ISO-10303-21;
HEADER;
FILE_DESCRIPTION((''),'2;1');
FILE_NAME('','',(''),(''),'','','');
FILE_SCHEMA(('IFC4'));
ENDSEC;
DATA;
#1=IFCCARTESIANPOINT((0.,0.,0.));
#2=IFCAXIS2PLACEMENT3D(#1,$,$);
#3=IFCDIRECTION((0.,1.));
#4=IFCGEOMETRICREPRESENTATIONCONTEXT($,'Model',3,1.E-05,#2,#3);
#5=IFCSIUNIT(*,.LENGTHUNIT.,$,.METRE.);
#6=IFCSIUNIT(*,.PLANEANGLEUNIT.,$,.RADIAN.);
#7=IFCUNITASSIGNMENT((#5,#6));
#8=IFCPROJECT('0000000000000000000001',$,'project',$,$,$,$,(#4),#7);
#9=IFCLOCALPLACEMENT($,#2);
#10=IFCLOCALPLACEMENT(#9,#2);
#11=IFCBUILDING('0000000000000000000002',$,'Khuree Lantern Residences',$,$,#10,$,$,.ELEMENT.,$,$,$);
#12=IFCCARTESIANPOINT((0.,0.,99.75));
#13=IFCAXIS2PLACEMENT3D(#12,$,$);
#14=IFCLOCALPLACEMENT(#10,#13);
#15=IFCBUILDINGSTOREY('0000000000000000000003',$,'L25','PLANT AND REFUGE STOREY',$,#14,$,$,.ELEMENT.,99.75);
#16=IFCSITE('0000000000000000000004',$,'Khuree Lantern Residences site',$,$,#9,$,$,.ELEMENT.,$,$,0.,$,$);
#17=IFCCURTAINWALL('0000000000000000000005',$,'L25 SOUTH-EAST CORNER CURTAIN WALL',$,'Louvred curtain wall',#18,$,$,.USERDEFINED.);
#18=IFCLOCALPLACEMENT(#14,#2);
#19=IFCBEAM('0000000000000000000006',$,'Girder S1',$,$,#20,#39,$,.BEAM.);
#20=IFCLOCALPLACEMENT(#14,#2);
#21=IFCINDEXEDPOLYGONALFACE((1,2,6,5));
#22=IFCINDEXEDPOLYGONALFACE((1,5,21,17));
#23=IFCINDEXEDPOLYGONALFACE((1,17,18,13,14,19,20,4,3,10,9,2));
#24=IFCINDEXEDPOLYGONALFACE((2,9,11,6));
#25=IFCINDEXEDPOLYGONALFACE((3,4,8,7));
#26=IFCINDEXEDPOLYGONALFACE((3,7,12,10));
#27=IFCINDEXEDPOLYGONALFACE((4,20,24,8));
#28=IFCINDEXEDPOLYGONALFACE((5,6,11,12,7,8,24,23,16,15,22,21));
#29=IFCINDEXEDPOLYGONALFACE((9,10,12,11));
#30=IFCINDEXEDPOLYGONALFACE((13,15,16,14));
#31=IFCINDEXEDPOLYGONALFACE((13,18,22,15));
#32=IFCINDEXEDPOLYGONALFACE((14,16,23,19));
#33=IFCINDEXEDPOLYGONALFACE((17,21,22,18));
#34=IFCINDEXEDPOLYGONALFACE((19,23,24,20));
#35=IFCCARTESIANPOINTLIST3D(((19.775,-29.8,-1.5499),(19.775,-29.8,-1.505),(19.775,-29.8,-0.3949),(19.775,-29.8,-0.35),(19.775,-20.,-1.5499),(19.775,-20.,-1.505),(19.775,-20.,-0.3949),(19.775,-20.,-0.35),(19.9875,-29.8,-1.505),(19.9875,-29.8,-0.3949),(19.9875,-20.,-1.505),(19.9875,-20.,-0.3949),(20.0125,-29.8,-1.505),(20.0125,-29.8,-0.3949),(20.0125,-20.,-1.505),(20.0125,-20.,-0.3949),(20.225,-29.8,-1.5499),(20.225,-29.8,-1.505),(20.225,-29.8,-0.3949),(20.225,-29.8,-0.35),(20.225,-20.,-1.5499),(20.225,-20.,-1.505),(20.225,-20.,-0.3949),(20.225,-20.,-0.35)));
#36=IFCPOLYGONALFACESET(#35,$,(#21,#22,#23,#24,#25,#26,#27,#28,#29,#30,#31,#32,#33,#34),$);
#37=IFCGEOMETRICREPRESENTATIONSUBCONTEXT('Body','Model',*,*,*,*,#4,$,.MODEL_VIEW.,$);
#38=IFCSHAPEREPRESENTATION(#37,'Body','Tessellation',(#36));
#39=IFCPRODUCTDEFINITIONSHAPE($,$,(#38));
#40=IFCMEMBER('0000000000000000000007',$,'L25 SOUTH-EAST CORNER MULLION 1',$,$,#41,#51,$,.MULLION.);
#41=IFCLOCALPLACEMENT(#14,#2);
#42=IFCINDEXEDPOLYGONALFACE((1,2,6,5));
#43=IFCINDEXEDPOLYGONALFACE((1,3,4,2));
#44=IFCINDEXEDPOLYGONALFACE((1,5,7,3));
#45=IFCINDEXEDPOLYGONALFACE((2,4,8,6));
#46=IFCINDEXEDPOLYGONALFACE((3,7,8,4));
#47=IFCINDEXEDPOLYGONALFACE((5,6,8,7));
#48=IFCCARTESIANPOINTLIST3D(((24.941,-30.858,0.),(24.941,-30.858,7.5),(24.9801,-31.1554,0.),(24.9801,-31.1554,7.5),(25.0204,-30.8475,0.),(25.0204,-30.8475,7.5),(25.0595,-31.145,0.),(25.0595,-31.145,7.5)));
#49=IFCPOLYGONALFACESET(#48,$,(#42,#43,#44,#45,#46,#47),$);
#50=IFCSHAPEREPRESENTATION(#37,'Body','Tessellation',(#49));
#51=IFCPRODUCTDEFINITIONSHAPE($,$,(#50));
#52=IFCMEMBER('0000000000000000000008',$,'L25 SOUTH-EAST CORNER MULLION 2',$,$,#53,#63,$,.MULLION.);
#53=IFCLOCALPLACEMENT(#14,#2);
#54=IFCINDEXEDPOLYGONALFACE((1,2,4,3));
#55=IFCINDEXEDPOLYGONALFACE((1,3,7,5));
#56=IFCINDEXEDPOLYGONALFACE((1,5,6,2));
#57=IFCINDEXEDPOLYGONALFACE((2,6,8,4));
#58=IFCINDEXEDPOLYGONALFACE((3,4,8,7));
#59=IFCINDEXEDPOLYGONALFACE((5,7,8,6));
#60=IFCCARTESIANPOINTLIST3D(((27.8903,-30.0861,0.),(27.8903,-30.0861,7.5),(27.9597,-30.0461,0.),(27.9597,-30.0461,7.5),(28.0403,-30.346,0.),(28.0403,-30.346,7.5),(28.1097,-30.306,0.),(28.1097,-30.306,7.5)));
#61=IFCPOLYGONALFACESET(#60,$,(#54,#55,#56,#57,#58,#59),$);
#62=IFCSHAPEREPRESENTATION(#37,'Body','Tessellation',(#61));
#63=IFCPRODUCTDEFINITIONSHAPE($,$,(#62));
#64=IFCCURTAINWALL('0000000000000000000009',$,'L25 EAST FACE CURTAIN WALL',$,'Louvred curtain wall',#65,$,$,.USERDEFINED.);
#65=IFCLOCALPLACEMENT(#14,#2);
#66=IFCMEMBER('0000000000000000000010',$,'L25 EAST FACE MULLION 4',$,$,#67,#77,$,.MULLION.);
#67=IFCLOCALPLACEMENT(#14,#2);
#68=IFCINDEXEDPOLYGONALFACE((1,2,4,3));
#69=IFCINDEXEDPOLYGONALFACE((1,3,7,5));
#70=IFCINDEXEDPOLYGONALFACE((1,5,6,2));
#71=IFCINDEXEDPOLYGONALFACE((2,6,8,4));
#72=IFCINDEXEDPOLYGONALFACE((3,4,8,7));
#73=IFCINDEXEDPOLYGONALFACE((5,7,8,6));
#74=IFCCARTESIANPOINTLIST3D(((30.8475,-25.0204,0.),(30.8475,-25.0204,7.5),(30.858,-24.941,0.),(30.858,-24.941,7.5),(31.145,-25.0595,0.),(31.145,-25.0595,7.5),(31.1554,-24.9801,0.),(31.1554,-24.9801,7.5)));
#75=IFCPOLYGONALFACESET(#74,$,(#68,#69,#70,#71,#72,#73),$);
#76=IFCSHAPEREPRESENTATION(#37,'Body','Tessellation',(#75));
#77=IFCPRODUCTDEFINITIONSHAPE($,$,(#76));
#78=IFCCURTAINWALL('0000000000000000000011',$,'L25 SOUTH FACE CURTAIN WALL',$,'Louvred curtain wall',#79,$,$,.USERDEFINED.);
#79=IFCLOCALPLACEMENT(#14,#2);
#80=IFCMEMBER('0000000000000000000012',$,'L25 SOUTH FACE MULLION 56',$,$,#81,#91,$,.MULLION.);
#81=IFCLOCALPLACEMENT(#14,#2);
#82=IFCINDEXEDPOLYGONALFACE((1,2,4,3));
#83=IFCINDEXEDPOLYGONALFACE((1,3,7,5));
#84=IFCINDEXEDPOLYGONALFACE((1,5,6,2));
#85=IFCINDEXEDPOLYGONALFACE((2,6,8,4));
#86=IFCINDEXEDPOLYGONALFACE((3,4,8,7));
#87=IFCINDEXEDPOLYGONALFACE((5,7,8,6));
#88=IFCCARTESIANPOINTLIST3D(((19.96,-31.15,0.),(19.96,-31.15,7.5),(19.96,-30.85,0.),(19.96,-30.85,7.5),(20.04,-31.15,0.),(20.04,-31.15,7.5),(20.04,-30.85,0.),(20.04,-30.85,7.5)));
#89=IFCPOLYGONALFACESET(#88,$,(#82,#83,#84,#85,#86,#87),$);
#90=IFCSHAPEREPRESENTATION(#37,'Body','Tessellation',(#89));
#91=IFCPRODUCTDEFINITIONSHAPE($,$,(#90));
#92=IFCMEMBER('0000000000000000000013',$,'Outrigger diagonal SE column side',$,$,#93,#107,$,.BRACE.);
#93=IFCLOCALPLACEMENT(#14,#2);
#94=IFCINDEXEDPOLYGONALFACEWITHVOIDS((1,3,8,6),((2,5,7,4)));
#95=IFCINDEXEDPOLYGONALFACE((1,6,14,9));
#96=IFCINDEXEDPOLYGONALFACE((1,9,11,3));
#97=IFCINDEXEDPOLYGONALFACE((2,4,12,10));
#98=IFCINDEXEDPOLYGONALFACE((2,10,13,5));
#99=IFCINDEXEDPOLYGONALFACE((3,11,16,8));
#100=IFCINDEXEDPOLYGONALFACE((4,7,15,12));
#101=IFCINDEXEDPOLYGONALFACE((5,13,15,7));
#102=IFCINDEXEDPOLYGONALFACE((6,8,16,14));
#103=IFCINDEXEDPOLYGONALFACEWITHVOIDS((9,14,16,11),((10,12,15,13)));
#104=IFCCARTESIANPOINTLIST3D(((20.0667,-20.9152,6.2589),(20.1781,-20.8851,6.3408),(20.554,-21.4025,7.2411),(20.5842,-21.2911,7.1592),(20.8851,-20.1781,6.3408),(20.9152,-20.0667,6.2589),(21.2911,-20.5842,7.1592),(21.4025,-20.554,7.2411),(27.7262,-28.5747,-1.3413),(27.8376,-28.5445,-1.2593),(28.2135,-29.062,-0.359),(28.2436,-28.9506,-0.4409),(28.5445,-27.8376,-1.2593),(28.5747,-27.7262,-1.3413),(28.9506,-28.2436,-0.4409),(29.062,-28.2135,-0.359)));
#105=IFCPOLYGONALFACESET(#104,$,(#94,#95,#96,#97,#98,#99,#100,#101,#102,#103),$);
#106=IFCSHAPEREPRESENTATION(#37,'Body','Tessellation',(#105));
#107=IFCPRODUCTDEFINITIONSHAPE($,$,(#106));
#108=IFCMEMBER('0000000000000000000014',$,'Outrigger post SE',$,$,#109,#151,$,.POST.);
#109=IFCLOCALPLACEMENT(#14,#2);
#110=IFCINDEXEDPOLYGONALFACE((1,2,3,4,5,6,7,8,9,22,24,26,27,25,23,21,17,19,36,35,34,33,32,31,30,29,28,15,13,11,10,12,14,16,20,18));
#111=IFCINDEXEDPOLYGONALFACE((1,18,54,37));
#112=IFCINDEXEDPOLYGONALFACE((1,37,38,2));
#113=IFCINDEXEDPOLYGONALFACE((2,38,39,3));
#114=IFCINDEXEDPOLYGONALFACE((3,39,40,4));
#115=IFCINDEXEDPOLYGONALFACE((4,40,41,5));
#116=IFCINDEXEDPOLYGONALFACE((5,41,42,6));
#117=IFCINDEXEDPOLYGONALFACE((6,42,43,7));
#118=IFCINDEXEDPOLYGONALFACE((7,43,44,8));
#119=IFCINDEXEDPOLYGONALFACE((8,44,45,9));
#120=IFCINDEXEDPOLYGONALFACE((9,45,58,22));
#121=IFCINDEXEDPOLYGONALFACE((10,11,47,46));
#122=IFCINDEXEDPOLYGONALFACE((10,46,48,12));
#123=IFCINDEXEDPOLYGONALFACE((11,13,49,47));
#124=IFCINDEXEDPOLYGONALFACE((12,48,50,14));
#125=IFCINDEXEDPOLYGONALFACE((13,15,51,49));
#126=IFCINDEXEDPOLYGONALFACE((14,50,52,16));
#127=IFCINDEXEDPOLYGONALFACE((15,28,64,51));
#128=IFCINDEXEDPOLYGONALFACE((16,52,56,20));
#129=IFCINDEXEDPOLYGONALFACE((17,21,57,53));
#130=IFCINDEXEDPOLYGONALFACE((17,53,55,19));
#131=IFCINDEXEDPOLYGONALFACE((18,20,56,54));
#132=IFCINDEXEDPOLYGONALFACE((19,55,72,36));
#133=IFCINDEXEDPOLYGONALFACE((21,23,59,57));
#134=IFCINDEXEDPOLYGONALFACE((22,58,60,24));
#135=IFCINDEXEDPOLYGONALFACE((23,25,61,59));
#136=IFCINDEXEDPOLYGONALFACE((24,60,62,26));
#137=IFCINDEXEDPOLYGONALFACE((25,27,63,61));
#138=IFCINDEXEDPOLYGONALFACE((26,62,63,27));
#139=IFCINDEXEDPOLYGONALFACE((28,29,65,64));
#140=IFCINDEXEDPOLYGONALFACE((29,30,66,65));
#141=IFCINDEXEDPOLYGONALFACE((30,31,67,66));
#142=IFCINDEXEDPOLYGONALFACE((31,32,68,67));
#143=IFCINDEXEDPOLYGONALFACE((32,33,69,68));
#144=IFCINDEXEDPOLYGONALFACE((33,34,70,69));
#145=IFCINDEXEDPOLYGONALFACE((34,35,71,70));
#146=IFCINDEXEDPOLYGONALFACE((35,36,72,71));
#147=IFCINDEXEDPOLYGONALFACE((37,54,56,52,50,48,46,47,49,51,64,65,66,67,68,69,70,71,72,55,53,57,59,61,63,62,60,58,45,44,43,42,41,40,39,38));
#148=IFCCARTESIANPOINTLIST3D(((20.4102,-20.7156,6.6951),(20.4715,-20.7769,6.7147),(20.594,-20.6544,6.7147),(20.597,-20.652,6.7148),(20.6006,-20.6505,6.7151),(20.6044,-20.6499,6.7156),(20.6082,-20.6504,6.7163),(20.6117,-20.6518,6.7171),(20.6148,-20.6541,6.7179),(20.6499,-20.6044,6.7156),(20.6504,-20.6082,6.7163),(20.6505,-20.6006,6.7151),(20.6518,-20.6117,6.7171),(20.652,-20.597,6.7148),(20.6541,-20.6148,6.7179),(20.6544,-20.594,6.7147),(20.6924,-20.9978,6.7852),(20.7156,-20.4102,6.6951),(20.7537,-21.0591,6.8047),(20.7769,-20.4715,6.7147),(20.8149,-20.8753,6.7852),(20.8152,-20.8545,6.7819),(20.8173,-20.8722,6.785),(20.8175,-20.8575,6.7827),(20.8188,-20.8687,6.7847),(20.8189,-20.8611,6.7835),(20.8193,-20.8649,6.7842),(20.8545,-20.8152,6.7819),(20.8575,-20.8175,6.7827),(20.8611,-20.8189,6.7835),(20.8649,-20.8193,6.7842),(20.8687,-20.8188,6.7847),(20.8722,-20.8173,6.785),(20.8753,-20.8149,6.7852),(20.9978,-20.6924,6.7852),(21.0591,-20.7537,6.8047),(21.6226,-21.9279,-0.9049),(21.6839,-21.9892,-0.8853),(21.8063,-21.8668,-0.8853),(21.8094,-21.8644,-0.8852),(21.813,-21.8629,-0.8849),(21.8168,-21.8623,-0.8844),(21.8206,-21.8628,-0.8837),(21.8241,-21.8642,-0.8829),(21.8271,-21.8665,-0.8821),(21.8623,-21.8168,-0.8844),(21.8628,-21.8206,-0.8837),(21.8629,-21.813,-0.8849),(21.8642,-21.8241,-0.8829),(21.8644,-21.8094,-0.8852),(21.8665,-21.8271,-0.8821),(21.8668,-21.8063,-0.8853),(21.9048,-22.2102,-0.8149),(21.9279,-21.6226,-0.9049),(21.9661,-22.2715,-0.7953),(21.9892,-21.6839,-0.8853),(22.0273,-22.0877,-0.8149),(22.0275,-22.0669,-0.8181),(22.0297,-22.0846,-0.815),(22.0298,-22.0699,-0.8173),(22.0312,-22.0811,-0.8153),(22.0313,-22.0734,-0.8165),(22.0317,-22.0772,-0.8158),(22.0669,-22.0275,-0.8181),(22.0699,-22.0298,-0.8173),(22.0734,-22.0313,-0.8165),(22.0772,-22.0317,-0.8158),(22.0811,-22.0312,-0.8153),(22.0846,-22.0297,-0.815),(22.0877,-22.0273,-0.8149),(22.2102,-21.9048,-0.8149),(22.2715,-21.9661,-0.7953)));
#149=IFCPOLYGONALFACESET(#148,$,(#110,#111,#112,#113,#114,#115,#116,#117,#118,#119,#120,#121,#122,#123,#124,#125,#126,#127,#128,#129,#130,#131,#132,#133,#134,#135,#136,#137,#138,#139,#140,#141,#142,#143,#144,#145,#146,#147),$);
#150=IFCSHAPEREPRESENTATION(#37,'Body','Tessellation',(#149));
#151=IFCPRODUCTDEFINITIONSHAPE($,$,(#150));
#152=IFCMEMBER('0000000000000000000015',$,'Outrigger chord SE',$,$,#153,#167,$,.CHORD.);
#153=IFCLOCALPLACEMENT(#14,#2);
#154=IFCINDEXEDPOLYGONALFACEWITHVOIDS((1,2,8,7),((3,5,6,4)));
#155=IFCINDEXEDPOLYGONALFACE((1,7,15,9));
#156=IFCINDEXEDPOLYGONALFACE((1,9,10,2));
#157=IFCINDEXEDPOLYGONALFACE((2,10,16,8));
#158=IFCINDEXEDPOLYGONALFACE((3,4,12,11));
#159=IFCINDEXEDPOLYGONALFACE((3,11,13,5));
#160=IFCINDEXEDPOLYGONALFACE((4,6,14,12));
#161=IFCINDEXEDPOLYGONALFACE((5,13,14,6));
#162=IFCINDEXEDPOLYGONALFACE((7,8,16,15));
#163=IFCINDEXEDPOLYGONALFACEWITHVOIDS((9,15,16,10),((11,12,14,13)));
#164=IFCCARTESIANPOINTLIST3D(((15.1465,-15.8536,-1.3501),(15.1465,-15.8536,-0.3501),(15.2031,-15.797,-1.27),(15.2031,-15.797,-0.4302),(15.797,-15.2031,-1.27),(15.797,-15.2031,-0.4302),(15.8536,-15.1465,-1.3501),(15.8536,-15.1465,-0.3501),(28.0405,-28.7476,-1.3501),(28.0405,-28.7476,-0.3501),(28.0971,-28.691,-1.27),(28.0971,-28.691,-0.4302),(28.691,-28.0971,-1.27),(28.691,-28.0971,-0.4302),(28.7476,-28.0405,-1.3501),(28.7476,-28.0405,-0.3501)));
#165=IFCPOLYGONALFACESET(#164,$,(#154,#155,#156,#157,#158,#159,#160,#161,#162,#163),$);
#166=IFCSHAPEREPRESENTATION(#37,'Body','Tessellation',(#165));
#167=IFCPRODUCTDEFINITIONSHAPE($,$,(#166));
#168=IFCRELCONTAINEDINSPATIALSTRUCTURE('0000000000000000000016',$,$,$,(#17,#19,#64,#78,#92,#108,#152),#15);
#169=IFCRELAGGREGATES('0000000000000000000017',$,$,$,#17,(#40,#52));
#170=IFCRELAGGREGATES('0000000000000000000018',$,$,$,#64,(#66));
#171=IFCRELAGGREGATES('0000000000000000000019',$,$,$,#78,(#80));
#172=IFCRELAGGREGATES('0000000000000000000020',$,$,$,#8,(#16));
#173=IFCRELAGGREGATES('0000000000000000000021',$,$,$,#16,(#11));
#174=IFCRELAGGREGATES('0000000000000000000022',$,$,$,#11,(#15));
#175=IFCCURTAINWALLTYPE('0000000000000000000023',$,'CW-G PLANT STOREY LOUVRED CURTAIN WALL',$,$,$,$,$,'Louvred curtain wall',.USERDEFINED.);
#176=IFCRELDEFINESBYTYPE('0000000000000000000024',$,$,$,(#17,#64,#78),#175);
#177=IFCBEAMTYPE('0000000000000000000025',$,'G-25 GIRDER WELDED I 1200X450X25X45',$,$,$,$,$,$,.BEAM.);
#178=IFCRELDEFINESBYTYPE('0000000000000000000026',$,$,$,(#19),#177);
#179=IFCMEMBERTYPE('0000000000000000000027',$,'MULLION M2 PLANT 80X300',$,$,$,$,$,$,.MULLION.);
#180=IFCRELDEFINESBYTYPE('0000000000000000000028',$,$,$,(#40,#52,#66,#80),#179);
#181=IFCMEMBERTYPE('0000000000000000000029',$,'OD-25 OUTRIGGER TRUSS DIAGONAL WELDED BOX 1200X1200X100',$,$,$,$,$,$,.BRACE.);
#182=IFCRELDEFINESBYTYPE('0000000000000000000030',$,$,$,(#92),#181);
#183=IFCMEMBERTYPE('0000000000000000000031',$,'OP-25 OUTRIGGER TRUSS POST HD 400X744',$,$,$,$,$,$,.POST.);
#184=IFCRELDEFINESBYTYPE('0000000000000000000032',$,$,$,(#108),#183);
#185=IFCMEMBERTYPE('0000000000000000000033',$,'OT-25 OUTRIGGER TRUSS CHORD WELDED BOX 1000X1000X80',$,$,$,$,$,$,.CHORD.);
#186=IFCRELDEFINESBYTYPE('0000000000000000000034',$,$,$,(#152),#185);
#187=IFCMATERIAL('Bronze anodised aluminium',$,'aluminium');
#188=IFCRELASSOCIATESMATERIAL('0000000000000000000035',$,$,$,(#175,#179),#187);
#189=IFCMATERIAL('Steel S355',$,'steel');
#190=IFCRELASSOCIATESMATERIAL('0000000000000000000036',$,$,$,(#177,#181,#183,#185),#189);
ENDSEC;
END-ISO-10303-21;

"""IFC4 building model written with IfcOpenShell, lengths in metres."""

from ifc_helpers import new_model, si_unit, direction, frame, origin, origin_2d, place, context, subcontext, project, spatial, rectangle, hollow_rectangle, i_section, extrude, material, material_profile, profile_set, type_object, element, aggregate, save


model = new_model("IFC4")

# Units and contexts
model_context = context("Model", 3, precision=1e-05, world=origin(), true_north=direction((0.0, 1.0)))
body_context = subcontext(model_context, "Body", "Model", "MODEL_VIEW")
ifc_project = project(units=[si_unit("LENGTHUNIT", "METRE"), si_unit("PLANEANGLEUNIT", "RADIAN")], contexts=[model_context])

# Site, building, storey
site_placement = place(None, origin())
site = spatial("IfcSite", under=ifc_project, at=site_placement, Name="Khuree Lantern Residences site", CompositionType="ELEMENT", RefElevation=0.0)
building_placement = place(site_placement, origin())
building = spatial("IfcBuilding", under=site, at=building_placement, Name="Khuree Lantern Residences", CompositionType="ELEMENT")
storey_placement = place(building_placement, frame((0.0, 0.0, 99.75)))
storey = spatial("IfcBuildingStorey", under=building, at=storey_placement, Name="L25", Description="PLANT AND REFUGE STOREY", CompositionType="ELEMENT", Elevation=99.75)

# Shared definitions
ifc_material_1 = material(Name="Steel S355", Category="steel")

# Curtain wall
ifc_material_2 = material(Name="Bronze anodised aluminium", Category="aluminium")
curtain_wall_type = type_object("IfcCurtainWallType", Name="CW-G PLANT STOREY LOUVRED CURTAIN WALL", ElementType="Louvred curtain wall", PredefinedType="USERDEFINED", material=ifc_material_2)
curtain_wall_1_placement = place(storey_placement, origin())
curtain_wall_1 = element("IfcCurtainWall", 1, at=curtain_wall_1_placement, inside=storey, type_object=curtain_wall_type, Name="L25 SOUTH-EAST CORNER CURTAIN WALL", ObjectType="Louvred curtain wall", PredefinedType="USERDEFINED")

# Beam
ifc_material_profile_1 = material_profile(ifc_material_1, i_section(OverallWidth=0.45, OverallDepth=1.2, WebThickness=0.0249, FlangeThickness=0.0449, at=origin_2d()), Name="WELDED I 1200X450X25X45")
ifc_profile_set_1 = profile_set([ifc_material_profile_1], Name="Steel S355")
beam_type_1 = type_object("IfcBeamType", Name="G-25 GIRDER WELDED I 1200X450X25X45", PredefinedType="BEAM", material=ifc_profile_set_1)
beam_placement = place(storey_placement, frame((20.0, -29.8, -0.95), z_axis=(0.0, 1.0, 0.0), x_axis=(-1.0, 0.0, 0.0)))
element("IfcBeam", 2, at=beam_placement, inside=storey, type_object=beam_type_1, Name="Girder S1", PredefinedType="BEAM", context=body_context, shape_type="SweptSolid", body=[
    extrude(i_section(OverallWidth=0.45, OverallDepth=1.2, WebThickness=0.0249, FlangeThickness=0.0449, at=origin_2d()), origin(), (0.0, 0.0, 1.0), 9.8),
])

# Members
ifc_material_profile_2 = material_profile(ifc_material_2, rectangle(XDim=0.0801, YDim=0.3, at=origin_2d()), Name="M2 80X300")
ifc_profile_set_2 = profile_set([ifc_material_profile_2], Name="Bronze anodised aluminium")
member_type_1 = type_object("IfcMemberType", Name="MULLION M2 PLANT 80X300", PredefinedType="MULLION", material=ifc_profile_set_2)
member_1_placement = place(storey_placement, frame((25.0002, -31.0015, 0.0), z_axis=(0.0, 0.0, 1.0), x_axis=(0.991445, 0.130526, 0.0)))
member_1 = element("IfcMember", 3, at=member_1_placement, type_object=member_type_1, Name="L25 SOUTH-EAST CORNER MULLION 1", PredefinedType="MULLION", context=body_context, shape_type="SweptSolid", body=[
    extrude(rectangle(XDim=0.0801, YDim=0.3, at=origin_2d()), origin(), (0.0, 0.0, 1.0), 7.5),
])
member_2_placement = place(storey_placement, frame((28.0, -30.196, 0.0), z_axis=(0.0, 0.0, 1.0), x_axis=(0.866025, 0.5, 0.0)))
member_2 = element("IfcMember", 4, at=member_2_placement, type_object=member_type_1, Name="L25 SOUTH-EAST CORNER MULLION 2", PredefinedType="MULLION", context=body_context, shape_type="SweptSolid", body=[
    extrude(rectangle(XDim=0.0801, YDim=0.3, at=origin_2d()), origin(), (0.0, 0.0, 1.0), 7.5),
])

# Curtain walls, members
curtain_wall_2_placement = place(storey_placement, origin())
curtain_wall_2 = element("IfcCurtainWall", 5, at=curtain_wall_2_placement, inside=storey, type_object=curtain_wall_type, Name="L25 EAST FACE CURTAIN WALL", ObjectType="Louvred curtain wall", PredefinedType="USERDEFINED")
member_3_placement = place(storey_placement, frame((31.0015, -25.0002, 0.0), z_axis=(0.0, 0.0, 1.0), x_axis=(0.130526, 0.991445, 0.0)))
member_3 = element("IfcMember", 6, at=member_3_placement, type_object=member_type_1, Name="L25 EAST FACE MULLION 4", PredefinedType="MULLION", context=body_context, shape_type="SweptSolid", body=[
    extrude(rectangle(XDim=0.0801, YDim=0.3, at=origin_2d()), origin(), (0.0, 0.0, 1.0), 7.5),
])
curtain_wall_3_placement = place(storey_placement, origin())
curtain_wall_3 = element("IfcCurtainWall", 7, at=curtain_wall_3_placement, inside=storey, type_object=curtain_wall_type, Name="L25 SOUTH FACE CURTAIN WALL", ObjectType="Louvred curtain wall", PredefinedType="USERDEFINED")
member_4_placement = place(storey_placement, frame((20.0, -31.0, 0.0), z_axis=(0.0, 0.0, 1.0), x_axis=(1.0, 0.0, 0.0)))
member_4 = element("IfcMember", 8, at=member_4_placement, type_object=member_type_1, Name="L25 SOUTH FACE MULLION 56", PredefinedType="MULLION", context=body_context, shape_type="SweptSolid", body=[
    extrude(rectangle(XDim=0.0801, YDim=0.3, at=origin_2d()), origin(), (0.0, 0.0, 1.0), 7.5),
])

# Members
ifc_material_profile_3 = material_profile(ifc_material_1, hollow_rectangle(XDim=1.2, YDim=1.2, WallThickness=0.1001, at=origin_2d()), Name="WELDED BOX 1200X1200X100")
ifc_profile_set_3 = profile_set([ifc_material_profile_3], Name="Steel S355")
member_type_2 = type_object("IfcMemberType", Name="OD-25 OUTRIGGER TRUSS DIAGONAL WELDED BOX 1200X1200X100", PredefinedType="BRACE", material=ifc_profile_set_3)
member_5_placement = place(storey_placement, frame((20.7346, -20.7346, 6.75), z_axis=(0.578841, -0.578841, -0.574357), x_axis=(0.707107, 0.707107, 0.0)))
element("IfcMember", 9, at=member_5_placement, inside=storey, type_object=member_type_2, Name="Outrigger diagonal SE column side", PredefinedType="BRACE", context=body_context, shape_type="SweptSolid", body=[
    extrude(hollow_rectangle(XDim=1.2, YDim=1.2, WallThickness=0.1001, at=origin_2d()), origin(), (0.0, 0.0, 1.0), 13.2324),
])
ifc_material_profile_4 = material_profile(ifc_material_1, i_section(OverallWidth=0.4319, OverallDepth=0.498, WebThickness=0.0557, FlangeThickness=0.0889, FilletRadius=0.0149, at=origin_2d()), Name="HD 400X744")
ifc_profile_set_4 = profile_set([ifc_material_profile_4], Name="Steel S355")
member_type_3 = type_object("IfcMemberType", Name="OP-25 OUTRIGGER TRUSS POST HD 400X744", PredefinedType="POST", material=ifc_profile_set_4)
member_6_placement = place(storey_placement, frame((21.947, -21.947, -0.8501), z_axis=(-0.155614, 0.155614, 0.975484), x_axis=(-0.707107, -0.707107, 0.0)))
element("IfcMember", 10, at=member_6_placement, inside=storey, type_object=member_type_3, Name="Outrigger post SE", PredefinedType="POST", context=body_context, shape_type="SweptSolid", body=[
    extrude(i_section(OverallWidth=0.4319, OverallDepth=0.498, WebThickness=0.0557, FlangeThickness=0.0889, FilletRadius=0.0149, at=origin_2d()), origin(), (0.0, 0.0, 1.0), 7.791),
])
ifc_material_profile_5 = material_profile(ifc_material_1, hollow_rectangle(XDim=1.0, YDim=1.0, WallThickness=0.0801, at=origin_2d()), Name="WELDED BOX 1000X1000X80")
ifc_profile_set_5 = profile_set([ifc_material_profile_5], Name="Steel S355")
member_type_4 = type_object("IfcMemberType", Name="OT-25 OUTRIGGER TRUSS CHORD WELDED BOX 1000X1000X80", PredefinedType="CHORD", material=ifc_profile_set_5)
member_7_placement = place(storey_placement, frame((28.394, -28.394, -0.8501), z_axis=(-0.707107, 0.707107, 0.0), x_axis=(-0.707107, -0.707107, 0.0)))
element("IfcMember", 11, at=member_7_placement, inside=storey, type_object=member_type_4, Name="Outrigger chord SE", PredefinedType="CHORD", context=body_context, shape_type="SweptSolid", body=[
    extrude(hollow_rectangle(XDim=1.0, YDim=1.0, WallThickness=0.0801, at=origin_2d()), origin(), (0.0, 0.0, 1.0), 18.2349),
])

aggregate(curtain_wall_1, [member_1, member_2])
aggregate(curtain_wall_2, [member_3])
aggregate(curtain_wall_3, [member_4])

save(model, "model.ifc")
